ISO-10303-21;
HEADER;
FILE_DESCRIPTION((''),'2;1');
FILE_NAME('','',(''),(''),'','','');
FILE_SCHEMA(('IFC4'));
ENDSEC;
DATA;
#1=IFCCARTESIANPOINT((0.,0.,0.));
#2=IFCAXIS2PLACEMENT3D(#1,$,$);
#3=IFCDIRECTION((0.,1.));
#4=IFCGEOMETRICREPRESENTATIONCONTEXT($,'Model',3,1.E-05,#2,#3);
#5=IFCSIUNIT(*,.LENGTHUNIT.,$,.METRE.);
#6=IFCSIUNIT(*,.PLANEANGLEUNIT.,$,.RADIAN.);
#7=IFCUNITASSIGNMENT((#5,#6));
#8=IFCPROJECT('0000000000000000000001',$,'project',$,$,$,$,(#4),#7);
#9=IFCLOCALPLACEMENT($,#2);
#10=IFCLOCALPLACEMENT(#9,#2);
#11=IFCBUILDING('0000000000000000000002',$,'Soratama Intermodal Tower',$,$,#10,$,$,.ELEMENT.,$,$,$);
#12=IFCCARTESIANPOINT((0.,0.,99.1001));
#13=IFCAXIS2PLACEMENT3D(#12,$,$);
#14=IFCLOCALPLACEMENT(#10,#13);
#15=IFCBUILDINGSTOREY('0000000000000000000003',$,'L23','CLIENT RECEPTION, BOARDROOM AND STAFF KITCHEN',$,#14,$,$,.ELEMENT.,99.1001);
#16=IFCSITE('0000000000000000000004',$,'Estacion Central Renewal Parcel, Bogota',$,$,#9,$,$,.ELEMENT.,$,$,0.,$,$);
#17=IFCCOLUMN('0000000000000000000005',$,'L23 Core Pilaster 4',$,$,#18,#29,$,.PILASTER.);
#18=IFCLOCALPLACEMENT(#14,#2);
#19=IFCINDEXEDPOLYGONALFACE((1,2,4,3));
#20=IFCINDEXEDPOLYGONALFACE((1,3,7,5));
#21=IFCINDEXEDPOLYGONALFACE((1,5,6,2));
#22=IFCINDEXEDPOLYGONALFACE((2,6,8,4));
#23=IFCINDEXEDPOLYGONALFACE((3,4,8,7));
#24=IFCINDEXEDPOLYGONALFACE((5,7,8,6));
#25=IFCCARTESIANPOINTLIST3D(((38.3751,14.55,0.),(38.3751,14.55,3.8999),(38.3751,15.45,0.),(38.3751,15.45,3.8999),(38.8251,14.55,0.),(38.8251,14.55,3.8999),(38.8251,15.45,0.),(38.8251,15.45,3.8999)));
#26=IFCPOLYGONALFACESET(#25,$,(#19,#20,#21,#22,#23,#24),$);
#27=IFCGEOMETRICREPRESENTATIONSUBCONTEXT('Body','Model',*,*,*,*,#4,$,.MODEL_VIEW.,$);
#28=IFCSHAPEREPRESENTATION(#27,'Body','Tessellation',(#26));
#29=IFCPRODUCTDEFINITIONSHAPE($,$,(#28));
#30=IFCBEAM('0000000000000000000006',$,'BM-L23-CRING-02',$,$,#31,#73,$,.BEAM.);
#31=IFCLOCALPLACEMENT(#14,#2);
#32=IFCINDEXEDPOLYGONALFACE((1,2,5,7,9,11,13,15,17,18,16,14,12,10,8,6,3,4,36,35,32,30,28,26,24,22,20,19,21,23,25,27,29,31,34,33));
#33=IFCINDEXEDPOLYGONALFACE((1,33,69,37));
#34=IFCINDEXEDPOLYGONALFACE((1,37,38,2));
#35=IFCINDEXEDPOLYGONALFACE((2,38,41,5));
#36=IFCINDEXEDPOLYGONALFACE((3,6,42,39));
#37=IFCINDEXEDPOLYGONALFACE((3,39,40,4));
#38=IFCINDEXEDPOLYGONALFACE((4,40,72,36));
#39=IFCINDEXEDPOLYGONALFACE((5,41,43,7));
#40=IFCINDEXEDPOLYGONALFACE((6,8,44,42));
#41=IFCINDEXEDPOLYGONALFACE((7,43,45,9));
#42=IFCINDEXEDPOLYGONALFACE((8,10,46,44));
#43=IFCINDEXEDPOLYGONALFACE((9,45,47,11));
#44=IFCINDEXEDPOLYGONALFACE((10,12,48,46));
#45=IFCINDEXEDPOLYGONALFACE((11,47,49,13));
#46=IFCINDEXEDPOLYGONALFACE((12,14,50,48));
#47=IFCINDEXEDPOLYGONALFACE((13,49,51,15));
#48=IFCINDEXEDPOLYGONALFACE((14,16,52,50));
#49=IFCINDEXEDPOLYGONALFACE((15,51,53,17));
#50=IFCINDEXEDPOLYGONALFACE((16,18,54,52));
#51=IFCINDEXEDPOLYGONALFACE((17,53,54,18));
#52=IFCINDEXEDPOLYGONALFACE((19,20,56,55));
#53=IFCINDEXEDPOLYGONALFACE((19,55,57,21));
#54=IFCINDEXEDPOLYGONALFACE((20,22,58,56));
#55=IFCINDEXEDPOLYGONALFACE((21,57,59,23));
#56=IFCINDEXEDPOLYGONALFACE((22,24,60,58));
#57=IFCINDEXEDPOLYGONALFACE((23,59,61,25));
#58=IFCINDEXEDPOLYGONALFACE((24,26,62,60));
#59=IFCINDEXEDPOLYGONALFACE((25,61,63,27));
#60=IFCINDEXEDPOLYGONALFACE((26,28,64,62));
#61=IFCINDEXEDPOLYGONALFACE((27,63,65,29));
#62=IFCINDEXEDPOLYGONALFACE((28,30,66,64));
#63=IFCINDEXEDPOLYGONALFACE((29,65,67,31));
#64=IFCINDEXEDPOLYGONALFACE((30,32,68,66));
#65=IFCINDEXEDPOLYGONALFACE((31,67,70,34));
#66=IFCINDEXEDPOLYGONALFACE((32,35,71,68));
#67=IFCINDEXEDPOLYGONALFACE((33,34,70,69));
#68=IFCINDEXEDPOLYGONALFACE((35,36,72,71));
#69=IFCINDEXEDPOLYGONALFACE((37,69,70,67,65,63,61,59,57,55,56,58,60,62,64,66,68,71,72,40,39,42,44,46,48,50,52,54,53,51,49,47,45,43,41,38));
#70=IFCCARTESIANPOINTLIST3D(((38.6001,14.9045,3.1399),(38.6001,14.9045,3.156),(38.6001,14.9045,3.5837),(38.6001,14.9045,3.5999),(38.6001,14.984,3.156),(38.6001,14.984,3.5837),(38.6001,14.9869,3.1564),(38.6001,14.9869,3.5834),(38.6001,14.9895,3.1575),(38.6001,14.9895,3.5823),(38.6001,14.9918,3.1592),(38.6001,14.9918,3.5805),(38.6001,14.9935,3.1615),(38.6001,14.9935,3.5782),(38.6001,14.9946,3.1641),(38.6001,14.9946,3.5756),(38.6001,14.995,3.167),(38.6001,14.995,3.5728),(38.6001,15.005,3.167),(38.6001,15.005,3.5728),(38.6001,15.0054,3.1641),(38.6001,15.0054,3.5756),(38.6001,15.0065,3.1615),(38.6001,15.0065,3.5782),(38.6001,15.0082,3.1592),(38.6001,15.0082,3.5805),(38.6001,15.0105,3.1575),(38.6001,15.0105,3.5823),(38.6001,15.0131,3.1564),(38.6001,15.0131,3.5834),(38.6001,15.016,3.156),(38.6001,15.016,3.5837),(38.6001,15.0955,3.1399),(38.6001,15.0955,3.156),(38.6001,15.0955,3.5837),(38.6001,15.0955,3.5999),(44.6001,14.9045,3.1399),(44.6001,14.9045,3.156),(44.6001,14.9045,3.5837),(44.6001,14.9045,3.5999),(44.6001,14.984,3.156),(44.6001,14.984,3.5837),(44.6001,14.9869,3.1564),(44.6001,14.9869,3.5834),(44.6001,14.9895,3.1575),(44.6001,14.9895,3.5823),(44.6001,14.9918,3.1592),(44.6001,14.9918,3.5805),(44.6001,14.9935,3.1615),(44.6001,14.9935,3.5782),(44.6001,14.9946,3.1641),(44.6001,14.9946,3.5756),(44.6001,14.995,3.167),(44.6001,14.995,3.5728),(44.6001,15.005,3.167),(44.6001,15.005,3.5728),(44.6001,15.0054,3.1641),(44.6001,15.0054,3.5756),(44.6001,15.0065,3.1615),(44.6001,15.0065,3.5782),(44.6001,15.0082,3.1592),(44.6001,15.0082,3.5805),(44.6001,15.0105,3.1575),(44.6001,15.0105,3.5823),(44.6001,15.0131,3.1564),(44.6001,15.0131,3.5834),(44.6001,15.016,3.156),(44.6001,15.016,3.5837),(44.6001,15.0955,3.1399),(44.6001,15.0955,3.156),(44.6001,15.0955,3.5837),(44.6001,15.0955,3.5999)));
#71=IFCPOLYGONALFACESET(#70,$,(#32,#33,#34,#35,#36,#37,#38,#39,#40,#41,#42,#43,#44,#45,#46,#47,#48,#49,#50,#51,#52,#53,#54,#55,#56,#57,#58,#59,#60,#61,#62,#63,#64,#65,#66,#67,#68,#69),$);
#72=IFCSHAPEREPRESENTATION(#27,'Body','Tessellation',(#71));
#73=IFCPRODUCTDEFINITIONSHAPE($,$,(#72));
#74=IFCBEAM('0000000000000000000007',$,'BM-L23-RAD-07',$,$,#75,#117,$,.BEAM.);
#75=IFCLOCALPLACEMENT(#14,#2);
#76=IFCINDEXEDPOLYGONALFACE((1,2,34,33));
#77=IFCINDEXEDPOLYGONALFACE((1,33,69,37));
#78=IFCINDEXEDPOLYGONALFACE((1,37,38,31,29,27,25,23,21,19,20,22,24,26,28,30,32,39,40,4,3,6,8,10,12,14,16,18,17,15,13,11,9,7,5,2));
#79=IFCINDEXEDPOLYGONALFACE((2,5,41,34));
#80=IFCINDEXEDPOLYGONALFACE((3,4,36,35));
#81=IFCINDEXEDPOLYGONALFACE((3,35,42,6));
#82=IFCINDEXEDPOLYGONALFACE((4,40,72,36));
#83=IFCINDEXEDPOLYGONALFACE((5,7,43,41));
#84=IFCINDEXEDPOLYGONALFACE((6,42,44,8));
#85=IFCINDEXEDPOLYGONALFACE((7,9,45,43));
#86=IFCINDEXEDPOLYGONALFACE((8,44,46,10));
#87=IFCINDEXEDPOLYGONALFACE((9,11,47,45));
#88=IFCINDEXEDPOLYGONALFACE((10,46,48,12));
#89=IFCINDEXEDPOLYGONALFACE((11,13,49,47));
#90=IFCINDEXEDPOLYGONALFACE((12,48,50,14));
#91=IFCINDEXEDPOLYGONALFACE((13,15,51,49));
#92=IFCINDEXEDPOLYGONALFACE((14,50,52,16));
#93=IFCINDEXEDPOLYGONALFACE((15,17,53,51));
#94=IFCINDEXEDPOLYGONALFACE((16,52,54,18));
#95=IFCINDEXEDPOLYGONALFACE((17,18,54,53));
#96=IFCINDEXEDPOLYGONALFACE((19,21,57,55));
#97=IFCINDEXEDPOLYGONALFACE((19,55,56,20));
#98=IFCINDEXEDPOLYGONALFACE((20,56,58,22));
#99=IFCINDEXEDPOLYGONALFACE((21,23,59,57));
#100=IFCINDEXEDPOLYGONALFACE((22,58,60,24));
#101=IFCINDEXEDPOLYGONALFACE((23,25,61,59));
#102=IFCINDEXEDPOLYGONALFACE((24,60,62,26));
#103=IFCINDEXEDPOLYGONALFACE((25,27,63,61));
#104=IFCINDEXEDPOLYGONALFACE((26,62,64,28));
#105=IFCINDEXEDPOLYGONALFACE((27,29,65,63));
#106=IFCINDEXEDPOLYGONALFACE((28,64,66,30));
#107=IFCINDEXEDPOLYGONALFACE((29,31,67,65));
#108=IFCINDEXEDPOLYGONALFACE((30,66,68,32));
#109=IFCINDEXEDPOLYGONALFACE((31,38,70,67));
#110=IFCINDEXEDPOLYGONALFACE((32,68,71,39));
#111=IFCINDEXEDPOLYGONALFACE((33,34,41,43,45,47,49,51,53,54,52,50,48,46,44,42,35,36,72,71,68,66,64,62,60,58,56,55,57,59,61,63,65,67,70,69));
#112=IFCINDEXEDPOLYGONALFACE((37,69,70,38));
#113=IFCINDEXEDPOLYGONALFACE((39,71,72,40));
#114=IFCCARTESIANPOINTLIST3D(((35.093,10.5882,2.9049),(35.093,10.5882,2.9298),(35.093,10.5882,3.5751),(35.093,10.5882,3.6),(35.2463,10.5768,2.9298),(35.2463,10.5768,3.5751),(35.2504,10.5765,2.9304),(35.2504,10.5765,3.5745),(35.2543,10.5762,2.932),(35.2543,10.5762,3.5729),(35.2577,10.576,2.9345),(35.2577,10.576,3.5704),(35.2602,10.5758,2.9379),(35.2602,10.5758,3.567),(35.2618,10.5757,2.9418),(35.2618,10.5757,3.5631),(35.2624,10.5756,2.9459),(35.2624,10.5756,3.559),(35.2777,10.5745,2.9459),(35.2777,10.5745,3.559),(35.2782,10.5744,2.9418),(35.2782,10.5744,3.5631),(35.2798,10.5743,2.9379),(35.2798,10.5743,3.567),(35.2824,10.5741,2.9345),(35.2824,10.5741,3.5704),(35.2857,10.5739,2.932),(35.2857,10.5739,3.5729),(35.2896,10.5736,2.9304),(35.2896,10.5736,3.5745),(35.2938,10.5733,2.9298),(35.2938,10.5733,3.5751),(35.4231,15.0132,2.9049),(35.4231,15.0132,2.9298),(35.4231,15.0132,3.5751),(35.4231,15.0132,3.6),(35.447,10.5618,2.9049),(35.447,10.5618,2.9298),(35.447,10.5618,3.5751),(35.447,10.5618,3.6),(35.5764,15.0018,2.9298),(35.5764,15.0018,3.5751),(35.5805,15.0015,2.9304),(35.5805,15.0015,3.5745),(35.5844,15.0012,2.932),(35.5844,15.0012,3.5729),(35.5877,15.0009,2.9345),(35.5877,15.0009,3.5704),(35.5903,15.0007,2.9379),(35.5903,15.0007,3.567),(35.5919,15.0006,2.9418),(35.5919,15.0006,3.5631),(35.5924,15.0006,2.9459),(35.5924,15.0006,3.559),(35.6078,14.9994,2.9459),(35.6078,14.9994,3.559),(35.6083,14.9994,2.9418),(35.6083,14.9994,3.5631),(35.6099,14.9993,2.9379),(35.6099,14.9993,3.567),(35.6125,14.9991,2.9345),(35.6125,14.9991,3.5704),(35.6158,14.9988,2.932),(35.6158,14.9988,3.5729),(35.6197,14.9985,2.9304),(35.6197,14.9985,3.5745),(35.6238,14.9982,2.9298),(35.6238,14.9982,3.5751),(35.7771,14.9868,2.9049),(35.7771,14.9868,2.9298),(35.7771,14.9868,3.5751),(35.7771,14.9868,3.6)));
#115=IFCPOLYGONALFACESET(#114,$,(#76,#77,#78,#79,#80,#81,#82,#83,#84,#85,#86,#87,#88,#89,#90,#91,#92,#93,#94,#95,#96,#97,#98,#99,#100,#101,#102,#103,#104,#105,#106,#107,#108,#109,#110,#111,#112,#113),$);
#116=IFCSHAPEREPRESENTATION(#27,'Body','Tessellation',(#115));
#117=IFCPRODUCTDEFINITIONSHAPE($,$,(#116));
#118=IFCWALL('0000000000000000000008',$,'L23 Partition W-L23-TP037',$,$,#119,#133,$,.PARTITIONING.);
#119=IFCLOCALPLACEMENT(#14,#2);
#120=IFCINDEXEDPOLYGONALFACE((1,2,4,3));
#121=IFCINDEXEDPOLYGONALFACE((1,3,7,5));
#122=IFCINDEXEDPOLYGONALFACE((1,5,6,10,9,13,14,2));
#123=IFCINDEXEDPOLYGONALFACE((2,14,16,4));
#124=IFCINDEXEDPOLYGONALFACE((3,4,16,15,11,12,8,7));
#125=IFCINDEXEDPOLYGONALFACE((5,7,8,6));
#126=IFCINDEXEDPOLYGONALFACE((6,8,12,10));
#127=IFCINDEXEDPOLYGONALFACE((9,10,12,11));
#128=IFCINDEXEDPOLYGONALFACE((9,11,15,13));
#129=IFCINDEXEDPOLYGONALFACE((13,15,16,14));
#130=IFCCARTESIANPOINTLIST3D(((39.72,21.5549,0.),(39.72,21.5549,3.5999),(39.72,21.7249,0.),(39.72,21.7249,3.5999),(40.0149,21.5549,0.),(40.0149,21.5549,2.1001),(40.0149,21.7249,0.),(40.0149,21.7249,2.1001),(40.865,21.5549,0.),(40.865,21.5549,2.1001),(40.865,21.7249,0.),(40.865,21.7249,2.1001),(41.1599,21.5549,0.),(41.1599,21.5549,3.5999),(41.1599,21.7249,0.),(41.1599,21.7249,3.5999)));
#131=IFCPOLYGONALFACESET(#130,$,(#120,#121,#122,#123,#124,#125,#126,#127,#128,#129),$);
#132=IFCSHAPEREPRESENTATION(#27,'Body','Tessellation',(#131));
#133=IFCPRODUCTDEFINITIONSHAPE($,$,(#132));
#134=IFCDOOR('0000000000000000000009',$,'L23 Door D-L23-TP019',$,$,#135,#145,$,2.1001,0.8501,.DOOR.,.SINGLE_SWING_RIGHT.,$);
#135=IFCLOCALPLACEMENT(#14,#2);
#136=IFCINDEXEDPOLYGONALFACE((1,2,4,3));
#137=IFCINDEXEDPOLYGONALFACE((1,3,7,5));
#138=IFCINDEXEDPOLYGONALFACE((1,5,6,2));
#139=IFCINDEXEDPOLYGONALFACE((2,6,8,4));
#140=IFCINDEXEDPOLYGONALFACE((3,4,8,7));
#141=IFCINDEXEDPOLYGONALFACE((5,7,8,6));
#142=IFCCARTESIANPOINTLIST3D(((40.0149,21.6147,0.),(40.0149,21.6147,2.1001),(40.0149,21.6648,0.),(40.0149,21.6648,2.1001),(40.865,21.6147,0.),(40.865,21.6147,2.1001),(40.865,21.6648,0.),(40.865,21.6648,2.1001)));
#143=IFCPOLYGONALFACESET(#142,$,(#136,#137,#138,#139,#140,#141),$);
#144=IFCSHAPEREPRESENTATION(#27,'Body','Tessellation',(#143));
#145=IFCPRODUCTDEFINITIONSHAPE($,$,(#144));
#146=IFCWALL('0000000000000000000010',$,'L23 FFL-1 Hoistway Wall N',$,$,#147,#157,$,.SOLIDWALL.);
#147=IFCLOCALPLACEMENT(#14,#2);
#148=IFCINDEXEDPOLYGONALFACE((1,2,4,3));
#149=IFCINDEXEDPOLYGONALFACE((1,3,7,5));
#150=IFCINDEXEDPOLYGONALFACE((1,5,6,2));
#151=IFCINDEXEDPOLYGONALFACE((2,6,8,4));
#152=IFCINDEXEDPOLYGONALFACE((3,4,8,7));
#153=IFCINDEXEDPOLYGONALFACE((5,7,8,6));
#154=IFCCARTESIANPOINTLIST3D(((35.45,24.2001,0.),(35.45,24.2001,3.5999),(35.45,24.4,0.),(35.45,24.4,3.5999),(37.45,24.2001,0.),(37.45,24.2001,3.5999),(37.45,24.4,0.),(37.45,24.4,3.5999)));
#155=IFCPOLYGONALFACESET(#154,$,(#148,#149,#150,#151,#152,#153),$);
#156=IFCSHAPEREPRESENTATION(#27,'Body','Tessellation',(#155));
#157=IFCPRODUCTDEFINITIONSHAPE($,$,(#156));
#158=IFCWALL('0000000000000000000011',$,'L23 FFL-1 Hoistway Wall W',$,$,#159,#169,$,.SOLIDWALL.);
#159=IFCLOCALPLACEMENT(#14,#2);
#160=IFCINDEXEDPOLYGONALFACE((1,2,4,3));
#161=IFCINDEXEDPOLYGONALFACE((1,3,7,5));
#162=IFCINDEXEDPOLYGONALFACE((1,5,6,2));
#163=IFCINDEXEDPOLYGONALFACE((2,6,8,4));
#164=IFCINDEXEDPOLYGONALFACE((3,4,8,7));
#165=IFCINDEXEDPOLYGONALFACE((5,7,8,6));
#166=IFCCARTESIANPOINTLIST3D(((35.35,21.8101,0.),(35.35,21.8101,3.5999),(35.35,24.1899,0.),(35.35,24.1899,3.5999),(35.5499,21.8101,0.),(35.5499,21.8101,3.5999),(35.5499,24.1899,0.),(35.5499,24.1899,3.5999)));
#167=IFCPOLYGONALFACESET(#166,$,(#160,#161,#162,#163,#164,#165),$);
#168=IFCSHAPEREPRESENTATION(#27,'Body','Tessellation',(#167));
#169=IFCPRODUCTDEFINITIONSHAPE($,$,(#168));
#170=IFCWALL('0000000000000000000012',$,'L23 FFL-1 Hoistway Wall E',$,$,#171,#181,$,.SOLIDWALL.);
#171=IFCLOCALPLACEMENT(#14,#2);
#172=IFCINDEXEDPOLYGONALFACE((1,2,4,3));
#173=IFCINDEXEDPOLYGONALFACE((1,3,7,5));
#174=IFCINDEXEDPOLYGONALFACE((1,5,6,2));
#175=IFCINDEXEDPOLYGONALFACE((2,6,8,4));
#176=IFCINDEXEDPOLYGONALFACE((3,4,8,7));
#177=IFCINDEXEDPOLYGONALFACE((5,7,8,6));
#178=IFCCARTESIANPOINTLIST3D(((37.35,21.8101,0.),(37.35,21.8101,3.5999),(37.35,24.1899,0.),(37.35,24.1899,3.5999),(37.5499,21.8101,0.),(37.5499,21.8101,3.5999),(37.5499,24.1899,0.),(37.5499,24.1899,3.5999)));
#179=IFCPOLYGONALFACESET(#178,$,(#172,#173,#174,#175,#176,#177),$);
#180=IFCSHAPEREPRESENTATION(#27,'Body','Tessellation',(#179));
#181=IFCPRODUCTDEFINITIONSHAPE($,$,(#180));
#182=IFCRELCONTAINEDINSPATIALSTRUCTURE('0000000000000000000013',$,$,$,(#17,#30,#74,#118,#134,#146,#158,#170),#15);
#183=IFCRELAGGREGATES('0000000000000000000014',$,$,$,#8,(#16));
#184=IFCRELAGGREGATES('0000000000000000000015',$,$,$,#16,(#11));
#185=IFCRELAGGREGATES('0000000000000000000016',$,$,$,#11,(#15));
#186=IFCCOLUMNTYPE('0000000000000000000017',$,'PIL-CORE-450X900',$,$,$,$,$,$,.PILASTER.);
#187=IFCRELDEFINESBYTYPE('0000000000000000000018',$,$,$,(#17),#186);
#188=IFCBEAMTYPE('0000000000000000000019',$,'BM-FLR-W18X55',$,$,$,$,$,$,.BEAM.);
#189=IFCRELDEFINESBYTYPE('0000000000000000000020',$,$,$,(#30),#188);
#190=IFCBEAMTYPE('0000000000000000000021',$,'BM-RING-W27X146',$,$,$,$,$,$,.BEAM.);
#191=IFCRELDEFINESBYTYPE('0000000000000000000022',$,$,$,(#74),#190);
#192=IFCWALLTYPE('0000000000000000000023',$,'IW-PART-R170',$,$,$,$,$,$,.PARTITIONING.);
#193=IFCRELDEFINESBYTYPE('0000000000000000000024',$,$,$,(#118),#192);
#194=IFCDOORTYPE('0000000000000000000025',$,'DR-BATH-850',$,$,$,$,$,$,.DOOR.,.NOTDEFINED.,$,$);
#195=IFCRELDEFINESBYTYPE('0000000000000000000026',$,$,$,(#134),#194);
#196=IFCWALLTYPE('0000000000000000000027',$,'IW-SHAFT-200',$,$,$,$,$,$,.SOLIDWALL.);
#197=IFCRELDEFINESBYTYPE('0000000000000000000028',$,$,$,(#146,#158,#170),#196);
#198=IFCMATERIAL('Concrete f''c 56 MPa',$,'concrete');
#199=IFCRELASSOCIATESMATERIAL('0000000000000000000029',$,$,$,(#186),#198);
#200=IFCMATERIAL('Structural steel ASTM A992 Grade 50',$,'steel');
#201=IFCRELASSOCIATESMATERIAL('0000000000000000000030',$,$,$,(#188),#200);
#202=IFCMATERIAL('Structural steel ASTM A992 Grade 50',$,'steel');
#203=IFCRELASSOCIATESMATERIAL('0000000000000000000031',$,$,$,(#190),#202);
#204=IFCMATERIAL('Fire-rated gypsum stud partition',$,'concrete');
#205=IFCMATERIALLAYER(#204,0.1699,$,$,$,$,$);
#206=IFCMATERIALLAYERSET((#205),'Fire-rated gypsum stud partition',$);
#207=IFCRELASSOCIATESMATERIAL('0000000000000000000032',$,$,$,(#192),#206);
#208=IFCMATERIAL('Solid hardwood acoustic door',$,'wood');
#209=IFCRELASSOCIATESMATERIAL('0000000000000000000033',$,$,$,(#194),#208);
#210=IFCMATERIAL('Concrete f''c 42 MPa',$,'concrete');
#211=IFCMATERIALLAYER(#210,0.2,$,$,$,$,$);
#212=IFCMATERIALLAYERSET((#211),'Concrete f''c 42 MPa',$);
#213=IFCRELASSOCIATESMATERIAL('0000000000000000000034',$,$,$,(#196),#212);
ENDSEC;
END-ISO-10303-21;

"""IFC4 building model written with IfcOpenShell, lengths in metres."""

from ifc_helpers import new_model, si_unit, direction, frame, frame_2d, origin, origin_2d, place, context, subcontext, project, spatial, rectangle, i_section, extrude, material, layer, layer_set, material_profile, profile_set, type_object, element, fill, save


model = new_model("IFC4")

# Units and contexts
model_context = context("Model", 3, precision=1e-05, world=origin(), true_north=direction((0.0, 1.0)))
body_context = subcontext(model_context, "Body", "Model", "MODEL_VIEW")
ifc_project = project(units=[si_unit("LENGTHUNIT", "METRE"), si_unit("PLANEANGLEUNIT", "RADIAN")], contexts=[model_context])

# Site, building, storey
site_placement = place(None, origin())
site = spatial("IfcSite", under=ifc_project, at=site_placement, Name="Estacion Central Renewal Parcel, Bogota", CompositionType="ELEMENT", RefElevation=0.0)
building_placement = place(site_placement, origin())
building = spatial("IfcBuilding", under=site, at=building_placement, Name="Soratama Intermodal Tower", CompositionType="ELEMENT")
storey_placement = place(building_placement, frame((0.0, 0.0, 99.1001)))
storey = spatial("IfcBuildingStorey", under=building, at=storey_placement, Name="L23", Description="CLIENT RECEPTION, BOARDROOM AND STAFF KITCHEN", CompositionType="ELEMENT", Elevation=99.1001)

# Column
ifc_material_1 = material(Name="Concrete f'c 56 MPa", Category="concrete")
ifc_material_profile_1 = material_profile(ifc_material_1, rectangle(XDim=0.45, YDim=0.8999, at=origin_2d()), Name="RC450X900")
ifc_profile_set_1 = profile_set([ifc_material_profile_1], Name="Concrete f'c 56 MPa")
column_type = type_object("IfcColumnType", Name="PIL-CORE-450X900", PredefinedType="PILASTER", material=ifc_profile_set_1)
column_placement = place(storey_placement, frame((38.6001, 15.0, 0.0), z_axis=(0.0, 0.0, 1.0), x_axis=(1.0, 0.0, 0.0)))
element("IfcColumn", 1, at=column_placement, inside=storey, type_object=column_type, Name="L23 Core Pilaster 4", PredefinedType="PILASTER", context=body_context, shape_type="SweptSolid", body=[
    extrude(rectangle(XDim=0.45, YDim=0.8999, at=origin_2d()), origin(), (0.0, 0.0, 1.0), 3.8999),
])

# Beams
ifc_material_2 = material(Name="Structural steel ASTM A992 Grade 50", Category="steel")
ifc_material_profile_2 = material_profile(ifc_material_2, i_section(OverallWidth=0.1909, OverallDepth=0.46, WebThickness=0.01, FlangeThickness=0.0161, FilletRadius=0.011, at=origin_2d()), Name="W18X55")
ifc_profile_set_2 = profile_set([ifc_material_profile_2], Name="Structural steel ASTM A992 Grade 50")
beam_type_1 = type_object("IfcBeamType", Name="BM-FLR-W18X55", PredefinedType="BEAM", material=ifc_profile_set_2)
beam_1_placement = place(storey_placement, frame((38.6001, 15.0, 3.3699), z_axis=(1.0, 0.0, 0.0), x_axis=(0.0, 1.0, 0.0)))
element("IfcBeam", 2, at=beam_1_placement, inside=storey, type_object=beam_type_1, Name="BM-L23-CRING-02", PredefinedType="BEAM", context=body_context, shape_type="SweptSolid", body=[
    extrude(i_section(OverallWidth=0.1909, OverallDepth=0.46, WebThickness=0.01, FlangeThickness=0.0161, FilletRadius=0.011, at=origin_2d()), origin(), (0.0, 0.0, 1.0), 6.0),
])
ifc_material_3 = material(Name="Structural steel ASTM A992 Grade 50", Category="steel")
ifc_material_profile_3 = material_profile(ifc_material_3, i_section(OverallWidth=0.355, OverallDepth=0.6951, WebThickness=0.0154, FlangeThickness=0.0249, FilletRadius=0.0161, at=origin_2d()), Name="W27X146")
ifc_profile_set_3 = profile_set([ifc_material_profile_3], Name="Structural steel ASTM A992 Grade 50")
beam_type_2 = type_object("IfcBeamType", Name="BM-RING-W27X146", PredefinedType="BEAM", material=ifc_profile_set_3)
beam_2_placement = place(storey_placement, frame((35.6001, 15.0, 3.2524), z_axis=(-0.074386, -0.997229, 0.0), x_axis=(0.997229, -0.074386, 0.0)))
element("IfcBeam", 3, at=beam_2_placement, inside=storey, type_object=beam_type_2, Name="BM-L23-RAD-07", PredefinedType="BEAM", context=body_context, shape_type="SweptSolid", body=[
    extrude(i_section(OverallWidth=0.355, OverallDepth=0.6951, WebThickness=0.0154, FlangeThickness=0.0249, FilletRadius=0.0161, at=origin_2d()), origin(), (0.0, 0.0, 1.0), 4.4373),
])

# Wall, opening, door
ifc_material_4 = material(Name="Fire-rated gypsum stud partition", Category="concrete")
ifc_layer_1 = layer(ifc_material_4, 0.1699)
ifc_layer_set_1 = layer_set([ifc_layer_1], Name="Fire-rated gypsum stud partition")
wall_type_1 = type_object("IfcWallType", Name="IW-PART-R170", PredefinedType="PARTITIONING", material=ifc_layer_set_1)
wall_1_placement = place(storey_placement, frame((39.72, 21.6399, 0.0), z_axis=(0.0, 0.0, 1.0), x_axis=(1.0, 0.0, 0.0)))
wall_1 = element("IfcWall", 4, at=wall_1_placement, inside=storey, type_object=wall_type_1, Name="L23 Partition W-L23-TP037", PredefinedType="PARTITIONING", context=body_context, shape_type="SweptSolid", body=[
    extrude(rectangle(XDim=1.4399, YDim=0.1699, at=frame_2d((0.72, 0.0))), origin(), (0.0, 0.0, 1.0), 3.5999),
])
opening_1_placement = place(wall_1_placement, frame((0.2949, 0.0, 0.0)))
opening_1 = element("IfcOpeningElement", 5, at=opening_1_placement, cuts=wall_1, PredefinedType="OPENING", context=body_context, shape_type="SweptSolid", body=[
    extrude(rectangle(XDim=0.8501, YDim=2.1001, at=frame_2d((0.425, 1.05))), frame((0.0, 0.095, 0.0), z_axis=(0.0, -1.0, 0.0), x_axis=(1.0, 0.0, 0.0)), (0.0, 0.0, 1.0), 0.1899),
])
ifc_material_5 = material(Name="Solid hardwood acoustic door", Category="wood")
door_type_1 = type_object("IfcDoorType", Name="DR-BATH-850", OperationType="NOTDEFINED", PredefinedType="DOOR", material=ifc_material_5)
door_1_placement = place(opening_1_placement, origin())
door_1 = element("IfcDoor", 6, at=door_1_placement, inside=storey, type_object=door_type_1, Name="L23 Door D-L23-TP019", OperationType="SINGLE_SWING_RIGHT", OverallHeight=2.1001, OverallWidth=0.8501, PredefinedType="DOOR", context=body_context, shape_type="SweptSolid", body=[
    extrude(rectangle(XDim=0.8501, YDim=2.1001, at=frame_2d((0.425, 1.05))), frame((0.0, 0.0249, 0.0), z_axis=(0.0, -1.0, 0.0), x_axis=(1.0, 0.0, 0.0)), (0.0, 0.0, 1.0), 0.05),
])
fill(opening_1, door_1)
ifc_material_6 = material(Name="Concrete f'c 42 MPa", Category="concrete")
ifc_layer_2 = layer(ifc_material_6, 0.2)
ifc_layer_set_2 = layer_set([ifc_layer_2], Name="Concrete f'c 42 MPa")
wall_type_2 = type_object("IfcWallType", Name="IW-SHAFT-200", PredefinedType="SOLIDWALL", material=ifc_layer_set_2)

# Walls
wall_2_placement = place(storey_placement, frame((35.45, 24.3, 0.0), z_axis=(0.0, 0.0, 1.0), x_axis=(1.0, 0.0, 0.0)))
element("IfcWall", 7, at=wall_2_placement, inside=storey, type_object=wall_type_2, Name="L23 FFL-1 Hoistway Wall N", PredefinedType="SOLIDWALL", context=body_context, shape_type="SweptSolid", body=[
    extrude(rectangle(XDim=2.0, YDim=0.2, at=frame_2d((1.0, 0.0))), origin(), (0.0, 0.0, 1.0), 3.5999),
])
for number, where, z_axis, x_axis, name in (
    (8, (35.45, 21.8101, 0.0), (0.0, 0.0, 1.0), (0.0, 1.0, 0.0), "L23 FFL-1 Hoistway Wall W"),
    (9, (37.45, 21.8101, 0.0), (0.0, 0.0, 1.0), (0.0, 1.0, 0.0), "L23 FFL-1 Hoistway Wall E"),
):
    element("IfcWall", number, at=place(storey_placement, frame(where, z_axis=z_axis, x_axis=x_axis)), inside=storey, type_object=wall_type_2, Name=name, PredefinedType="SOLIDWALL", context=body_context, shape_type="SweptSolid", body=[
        extrude(rectangle(XDim=2.3799, YDim=0.2, at=frame_2d((1.1899, 0.0))), origin(), (0.0, 0.0, 1.0), 3.5999),
    ])

save(model, "model.ifc")
